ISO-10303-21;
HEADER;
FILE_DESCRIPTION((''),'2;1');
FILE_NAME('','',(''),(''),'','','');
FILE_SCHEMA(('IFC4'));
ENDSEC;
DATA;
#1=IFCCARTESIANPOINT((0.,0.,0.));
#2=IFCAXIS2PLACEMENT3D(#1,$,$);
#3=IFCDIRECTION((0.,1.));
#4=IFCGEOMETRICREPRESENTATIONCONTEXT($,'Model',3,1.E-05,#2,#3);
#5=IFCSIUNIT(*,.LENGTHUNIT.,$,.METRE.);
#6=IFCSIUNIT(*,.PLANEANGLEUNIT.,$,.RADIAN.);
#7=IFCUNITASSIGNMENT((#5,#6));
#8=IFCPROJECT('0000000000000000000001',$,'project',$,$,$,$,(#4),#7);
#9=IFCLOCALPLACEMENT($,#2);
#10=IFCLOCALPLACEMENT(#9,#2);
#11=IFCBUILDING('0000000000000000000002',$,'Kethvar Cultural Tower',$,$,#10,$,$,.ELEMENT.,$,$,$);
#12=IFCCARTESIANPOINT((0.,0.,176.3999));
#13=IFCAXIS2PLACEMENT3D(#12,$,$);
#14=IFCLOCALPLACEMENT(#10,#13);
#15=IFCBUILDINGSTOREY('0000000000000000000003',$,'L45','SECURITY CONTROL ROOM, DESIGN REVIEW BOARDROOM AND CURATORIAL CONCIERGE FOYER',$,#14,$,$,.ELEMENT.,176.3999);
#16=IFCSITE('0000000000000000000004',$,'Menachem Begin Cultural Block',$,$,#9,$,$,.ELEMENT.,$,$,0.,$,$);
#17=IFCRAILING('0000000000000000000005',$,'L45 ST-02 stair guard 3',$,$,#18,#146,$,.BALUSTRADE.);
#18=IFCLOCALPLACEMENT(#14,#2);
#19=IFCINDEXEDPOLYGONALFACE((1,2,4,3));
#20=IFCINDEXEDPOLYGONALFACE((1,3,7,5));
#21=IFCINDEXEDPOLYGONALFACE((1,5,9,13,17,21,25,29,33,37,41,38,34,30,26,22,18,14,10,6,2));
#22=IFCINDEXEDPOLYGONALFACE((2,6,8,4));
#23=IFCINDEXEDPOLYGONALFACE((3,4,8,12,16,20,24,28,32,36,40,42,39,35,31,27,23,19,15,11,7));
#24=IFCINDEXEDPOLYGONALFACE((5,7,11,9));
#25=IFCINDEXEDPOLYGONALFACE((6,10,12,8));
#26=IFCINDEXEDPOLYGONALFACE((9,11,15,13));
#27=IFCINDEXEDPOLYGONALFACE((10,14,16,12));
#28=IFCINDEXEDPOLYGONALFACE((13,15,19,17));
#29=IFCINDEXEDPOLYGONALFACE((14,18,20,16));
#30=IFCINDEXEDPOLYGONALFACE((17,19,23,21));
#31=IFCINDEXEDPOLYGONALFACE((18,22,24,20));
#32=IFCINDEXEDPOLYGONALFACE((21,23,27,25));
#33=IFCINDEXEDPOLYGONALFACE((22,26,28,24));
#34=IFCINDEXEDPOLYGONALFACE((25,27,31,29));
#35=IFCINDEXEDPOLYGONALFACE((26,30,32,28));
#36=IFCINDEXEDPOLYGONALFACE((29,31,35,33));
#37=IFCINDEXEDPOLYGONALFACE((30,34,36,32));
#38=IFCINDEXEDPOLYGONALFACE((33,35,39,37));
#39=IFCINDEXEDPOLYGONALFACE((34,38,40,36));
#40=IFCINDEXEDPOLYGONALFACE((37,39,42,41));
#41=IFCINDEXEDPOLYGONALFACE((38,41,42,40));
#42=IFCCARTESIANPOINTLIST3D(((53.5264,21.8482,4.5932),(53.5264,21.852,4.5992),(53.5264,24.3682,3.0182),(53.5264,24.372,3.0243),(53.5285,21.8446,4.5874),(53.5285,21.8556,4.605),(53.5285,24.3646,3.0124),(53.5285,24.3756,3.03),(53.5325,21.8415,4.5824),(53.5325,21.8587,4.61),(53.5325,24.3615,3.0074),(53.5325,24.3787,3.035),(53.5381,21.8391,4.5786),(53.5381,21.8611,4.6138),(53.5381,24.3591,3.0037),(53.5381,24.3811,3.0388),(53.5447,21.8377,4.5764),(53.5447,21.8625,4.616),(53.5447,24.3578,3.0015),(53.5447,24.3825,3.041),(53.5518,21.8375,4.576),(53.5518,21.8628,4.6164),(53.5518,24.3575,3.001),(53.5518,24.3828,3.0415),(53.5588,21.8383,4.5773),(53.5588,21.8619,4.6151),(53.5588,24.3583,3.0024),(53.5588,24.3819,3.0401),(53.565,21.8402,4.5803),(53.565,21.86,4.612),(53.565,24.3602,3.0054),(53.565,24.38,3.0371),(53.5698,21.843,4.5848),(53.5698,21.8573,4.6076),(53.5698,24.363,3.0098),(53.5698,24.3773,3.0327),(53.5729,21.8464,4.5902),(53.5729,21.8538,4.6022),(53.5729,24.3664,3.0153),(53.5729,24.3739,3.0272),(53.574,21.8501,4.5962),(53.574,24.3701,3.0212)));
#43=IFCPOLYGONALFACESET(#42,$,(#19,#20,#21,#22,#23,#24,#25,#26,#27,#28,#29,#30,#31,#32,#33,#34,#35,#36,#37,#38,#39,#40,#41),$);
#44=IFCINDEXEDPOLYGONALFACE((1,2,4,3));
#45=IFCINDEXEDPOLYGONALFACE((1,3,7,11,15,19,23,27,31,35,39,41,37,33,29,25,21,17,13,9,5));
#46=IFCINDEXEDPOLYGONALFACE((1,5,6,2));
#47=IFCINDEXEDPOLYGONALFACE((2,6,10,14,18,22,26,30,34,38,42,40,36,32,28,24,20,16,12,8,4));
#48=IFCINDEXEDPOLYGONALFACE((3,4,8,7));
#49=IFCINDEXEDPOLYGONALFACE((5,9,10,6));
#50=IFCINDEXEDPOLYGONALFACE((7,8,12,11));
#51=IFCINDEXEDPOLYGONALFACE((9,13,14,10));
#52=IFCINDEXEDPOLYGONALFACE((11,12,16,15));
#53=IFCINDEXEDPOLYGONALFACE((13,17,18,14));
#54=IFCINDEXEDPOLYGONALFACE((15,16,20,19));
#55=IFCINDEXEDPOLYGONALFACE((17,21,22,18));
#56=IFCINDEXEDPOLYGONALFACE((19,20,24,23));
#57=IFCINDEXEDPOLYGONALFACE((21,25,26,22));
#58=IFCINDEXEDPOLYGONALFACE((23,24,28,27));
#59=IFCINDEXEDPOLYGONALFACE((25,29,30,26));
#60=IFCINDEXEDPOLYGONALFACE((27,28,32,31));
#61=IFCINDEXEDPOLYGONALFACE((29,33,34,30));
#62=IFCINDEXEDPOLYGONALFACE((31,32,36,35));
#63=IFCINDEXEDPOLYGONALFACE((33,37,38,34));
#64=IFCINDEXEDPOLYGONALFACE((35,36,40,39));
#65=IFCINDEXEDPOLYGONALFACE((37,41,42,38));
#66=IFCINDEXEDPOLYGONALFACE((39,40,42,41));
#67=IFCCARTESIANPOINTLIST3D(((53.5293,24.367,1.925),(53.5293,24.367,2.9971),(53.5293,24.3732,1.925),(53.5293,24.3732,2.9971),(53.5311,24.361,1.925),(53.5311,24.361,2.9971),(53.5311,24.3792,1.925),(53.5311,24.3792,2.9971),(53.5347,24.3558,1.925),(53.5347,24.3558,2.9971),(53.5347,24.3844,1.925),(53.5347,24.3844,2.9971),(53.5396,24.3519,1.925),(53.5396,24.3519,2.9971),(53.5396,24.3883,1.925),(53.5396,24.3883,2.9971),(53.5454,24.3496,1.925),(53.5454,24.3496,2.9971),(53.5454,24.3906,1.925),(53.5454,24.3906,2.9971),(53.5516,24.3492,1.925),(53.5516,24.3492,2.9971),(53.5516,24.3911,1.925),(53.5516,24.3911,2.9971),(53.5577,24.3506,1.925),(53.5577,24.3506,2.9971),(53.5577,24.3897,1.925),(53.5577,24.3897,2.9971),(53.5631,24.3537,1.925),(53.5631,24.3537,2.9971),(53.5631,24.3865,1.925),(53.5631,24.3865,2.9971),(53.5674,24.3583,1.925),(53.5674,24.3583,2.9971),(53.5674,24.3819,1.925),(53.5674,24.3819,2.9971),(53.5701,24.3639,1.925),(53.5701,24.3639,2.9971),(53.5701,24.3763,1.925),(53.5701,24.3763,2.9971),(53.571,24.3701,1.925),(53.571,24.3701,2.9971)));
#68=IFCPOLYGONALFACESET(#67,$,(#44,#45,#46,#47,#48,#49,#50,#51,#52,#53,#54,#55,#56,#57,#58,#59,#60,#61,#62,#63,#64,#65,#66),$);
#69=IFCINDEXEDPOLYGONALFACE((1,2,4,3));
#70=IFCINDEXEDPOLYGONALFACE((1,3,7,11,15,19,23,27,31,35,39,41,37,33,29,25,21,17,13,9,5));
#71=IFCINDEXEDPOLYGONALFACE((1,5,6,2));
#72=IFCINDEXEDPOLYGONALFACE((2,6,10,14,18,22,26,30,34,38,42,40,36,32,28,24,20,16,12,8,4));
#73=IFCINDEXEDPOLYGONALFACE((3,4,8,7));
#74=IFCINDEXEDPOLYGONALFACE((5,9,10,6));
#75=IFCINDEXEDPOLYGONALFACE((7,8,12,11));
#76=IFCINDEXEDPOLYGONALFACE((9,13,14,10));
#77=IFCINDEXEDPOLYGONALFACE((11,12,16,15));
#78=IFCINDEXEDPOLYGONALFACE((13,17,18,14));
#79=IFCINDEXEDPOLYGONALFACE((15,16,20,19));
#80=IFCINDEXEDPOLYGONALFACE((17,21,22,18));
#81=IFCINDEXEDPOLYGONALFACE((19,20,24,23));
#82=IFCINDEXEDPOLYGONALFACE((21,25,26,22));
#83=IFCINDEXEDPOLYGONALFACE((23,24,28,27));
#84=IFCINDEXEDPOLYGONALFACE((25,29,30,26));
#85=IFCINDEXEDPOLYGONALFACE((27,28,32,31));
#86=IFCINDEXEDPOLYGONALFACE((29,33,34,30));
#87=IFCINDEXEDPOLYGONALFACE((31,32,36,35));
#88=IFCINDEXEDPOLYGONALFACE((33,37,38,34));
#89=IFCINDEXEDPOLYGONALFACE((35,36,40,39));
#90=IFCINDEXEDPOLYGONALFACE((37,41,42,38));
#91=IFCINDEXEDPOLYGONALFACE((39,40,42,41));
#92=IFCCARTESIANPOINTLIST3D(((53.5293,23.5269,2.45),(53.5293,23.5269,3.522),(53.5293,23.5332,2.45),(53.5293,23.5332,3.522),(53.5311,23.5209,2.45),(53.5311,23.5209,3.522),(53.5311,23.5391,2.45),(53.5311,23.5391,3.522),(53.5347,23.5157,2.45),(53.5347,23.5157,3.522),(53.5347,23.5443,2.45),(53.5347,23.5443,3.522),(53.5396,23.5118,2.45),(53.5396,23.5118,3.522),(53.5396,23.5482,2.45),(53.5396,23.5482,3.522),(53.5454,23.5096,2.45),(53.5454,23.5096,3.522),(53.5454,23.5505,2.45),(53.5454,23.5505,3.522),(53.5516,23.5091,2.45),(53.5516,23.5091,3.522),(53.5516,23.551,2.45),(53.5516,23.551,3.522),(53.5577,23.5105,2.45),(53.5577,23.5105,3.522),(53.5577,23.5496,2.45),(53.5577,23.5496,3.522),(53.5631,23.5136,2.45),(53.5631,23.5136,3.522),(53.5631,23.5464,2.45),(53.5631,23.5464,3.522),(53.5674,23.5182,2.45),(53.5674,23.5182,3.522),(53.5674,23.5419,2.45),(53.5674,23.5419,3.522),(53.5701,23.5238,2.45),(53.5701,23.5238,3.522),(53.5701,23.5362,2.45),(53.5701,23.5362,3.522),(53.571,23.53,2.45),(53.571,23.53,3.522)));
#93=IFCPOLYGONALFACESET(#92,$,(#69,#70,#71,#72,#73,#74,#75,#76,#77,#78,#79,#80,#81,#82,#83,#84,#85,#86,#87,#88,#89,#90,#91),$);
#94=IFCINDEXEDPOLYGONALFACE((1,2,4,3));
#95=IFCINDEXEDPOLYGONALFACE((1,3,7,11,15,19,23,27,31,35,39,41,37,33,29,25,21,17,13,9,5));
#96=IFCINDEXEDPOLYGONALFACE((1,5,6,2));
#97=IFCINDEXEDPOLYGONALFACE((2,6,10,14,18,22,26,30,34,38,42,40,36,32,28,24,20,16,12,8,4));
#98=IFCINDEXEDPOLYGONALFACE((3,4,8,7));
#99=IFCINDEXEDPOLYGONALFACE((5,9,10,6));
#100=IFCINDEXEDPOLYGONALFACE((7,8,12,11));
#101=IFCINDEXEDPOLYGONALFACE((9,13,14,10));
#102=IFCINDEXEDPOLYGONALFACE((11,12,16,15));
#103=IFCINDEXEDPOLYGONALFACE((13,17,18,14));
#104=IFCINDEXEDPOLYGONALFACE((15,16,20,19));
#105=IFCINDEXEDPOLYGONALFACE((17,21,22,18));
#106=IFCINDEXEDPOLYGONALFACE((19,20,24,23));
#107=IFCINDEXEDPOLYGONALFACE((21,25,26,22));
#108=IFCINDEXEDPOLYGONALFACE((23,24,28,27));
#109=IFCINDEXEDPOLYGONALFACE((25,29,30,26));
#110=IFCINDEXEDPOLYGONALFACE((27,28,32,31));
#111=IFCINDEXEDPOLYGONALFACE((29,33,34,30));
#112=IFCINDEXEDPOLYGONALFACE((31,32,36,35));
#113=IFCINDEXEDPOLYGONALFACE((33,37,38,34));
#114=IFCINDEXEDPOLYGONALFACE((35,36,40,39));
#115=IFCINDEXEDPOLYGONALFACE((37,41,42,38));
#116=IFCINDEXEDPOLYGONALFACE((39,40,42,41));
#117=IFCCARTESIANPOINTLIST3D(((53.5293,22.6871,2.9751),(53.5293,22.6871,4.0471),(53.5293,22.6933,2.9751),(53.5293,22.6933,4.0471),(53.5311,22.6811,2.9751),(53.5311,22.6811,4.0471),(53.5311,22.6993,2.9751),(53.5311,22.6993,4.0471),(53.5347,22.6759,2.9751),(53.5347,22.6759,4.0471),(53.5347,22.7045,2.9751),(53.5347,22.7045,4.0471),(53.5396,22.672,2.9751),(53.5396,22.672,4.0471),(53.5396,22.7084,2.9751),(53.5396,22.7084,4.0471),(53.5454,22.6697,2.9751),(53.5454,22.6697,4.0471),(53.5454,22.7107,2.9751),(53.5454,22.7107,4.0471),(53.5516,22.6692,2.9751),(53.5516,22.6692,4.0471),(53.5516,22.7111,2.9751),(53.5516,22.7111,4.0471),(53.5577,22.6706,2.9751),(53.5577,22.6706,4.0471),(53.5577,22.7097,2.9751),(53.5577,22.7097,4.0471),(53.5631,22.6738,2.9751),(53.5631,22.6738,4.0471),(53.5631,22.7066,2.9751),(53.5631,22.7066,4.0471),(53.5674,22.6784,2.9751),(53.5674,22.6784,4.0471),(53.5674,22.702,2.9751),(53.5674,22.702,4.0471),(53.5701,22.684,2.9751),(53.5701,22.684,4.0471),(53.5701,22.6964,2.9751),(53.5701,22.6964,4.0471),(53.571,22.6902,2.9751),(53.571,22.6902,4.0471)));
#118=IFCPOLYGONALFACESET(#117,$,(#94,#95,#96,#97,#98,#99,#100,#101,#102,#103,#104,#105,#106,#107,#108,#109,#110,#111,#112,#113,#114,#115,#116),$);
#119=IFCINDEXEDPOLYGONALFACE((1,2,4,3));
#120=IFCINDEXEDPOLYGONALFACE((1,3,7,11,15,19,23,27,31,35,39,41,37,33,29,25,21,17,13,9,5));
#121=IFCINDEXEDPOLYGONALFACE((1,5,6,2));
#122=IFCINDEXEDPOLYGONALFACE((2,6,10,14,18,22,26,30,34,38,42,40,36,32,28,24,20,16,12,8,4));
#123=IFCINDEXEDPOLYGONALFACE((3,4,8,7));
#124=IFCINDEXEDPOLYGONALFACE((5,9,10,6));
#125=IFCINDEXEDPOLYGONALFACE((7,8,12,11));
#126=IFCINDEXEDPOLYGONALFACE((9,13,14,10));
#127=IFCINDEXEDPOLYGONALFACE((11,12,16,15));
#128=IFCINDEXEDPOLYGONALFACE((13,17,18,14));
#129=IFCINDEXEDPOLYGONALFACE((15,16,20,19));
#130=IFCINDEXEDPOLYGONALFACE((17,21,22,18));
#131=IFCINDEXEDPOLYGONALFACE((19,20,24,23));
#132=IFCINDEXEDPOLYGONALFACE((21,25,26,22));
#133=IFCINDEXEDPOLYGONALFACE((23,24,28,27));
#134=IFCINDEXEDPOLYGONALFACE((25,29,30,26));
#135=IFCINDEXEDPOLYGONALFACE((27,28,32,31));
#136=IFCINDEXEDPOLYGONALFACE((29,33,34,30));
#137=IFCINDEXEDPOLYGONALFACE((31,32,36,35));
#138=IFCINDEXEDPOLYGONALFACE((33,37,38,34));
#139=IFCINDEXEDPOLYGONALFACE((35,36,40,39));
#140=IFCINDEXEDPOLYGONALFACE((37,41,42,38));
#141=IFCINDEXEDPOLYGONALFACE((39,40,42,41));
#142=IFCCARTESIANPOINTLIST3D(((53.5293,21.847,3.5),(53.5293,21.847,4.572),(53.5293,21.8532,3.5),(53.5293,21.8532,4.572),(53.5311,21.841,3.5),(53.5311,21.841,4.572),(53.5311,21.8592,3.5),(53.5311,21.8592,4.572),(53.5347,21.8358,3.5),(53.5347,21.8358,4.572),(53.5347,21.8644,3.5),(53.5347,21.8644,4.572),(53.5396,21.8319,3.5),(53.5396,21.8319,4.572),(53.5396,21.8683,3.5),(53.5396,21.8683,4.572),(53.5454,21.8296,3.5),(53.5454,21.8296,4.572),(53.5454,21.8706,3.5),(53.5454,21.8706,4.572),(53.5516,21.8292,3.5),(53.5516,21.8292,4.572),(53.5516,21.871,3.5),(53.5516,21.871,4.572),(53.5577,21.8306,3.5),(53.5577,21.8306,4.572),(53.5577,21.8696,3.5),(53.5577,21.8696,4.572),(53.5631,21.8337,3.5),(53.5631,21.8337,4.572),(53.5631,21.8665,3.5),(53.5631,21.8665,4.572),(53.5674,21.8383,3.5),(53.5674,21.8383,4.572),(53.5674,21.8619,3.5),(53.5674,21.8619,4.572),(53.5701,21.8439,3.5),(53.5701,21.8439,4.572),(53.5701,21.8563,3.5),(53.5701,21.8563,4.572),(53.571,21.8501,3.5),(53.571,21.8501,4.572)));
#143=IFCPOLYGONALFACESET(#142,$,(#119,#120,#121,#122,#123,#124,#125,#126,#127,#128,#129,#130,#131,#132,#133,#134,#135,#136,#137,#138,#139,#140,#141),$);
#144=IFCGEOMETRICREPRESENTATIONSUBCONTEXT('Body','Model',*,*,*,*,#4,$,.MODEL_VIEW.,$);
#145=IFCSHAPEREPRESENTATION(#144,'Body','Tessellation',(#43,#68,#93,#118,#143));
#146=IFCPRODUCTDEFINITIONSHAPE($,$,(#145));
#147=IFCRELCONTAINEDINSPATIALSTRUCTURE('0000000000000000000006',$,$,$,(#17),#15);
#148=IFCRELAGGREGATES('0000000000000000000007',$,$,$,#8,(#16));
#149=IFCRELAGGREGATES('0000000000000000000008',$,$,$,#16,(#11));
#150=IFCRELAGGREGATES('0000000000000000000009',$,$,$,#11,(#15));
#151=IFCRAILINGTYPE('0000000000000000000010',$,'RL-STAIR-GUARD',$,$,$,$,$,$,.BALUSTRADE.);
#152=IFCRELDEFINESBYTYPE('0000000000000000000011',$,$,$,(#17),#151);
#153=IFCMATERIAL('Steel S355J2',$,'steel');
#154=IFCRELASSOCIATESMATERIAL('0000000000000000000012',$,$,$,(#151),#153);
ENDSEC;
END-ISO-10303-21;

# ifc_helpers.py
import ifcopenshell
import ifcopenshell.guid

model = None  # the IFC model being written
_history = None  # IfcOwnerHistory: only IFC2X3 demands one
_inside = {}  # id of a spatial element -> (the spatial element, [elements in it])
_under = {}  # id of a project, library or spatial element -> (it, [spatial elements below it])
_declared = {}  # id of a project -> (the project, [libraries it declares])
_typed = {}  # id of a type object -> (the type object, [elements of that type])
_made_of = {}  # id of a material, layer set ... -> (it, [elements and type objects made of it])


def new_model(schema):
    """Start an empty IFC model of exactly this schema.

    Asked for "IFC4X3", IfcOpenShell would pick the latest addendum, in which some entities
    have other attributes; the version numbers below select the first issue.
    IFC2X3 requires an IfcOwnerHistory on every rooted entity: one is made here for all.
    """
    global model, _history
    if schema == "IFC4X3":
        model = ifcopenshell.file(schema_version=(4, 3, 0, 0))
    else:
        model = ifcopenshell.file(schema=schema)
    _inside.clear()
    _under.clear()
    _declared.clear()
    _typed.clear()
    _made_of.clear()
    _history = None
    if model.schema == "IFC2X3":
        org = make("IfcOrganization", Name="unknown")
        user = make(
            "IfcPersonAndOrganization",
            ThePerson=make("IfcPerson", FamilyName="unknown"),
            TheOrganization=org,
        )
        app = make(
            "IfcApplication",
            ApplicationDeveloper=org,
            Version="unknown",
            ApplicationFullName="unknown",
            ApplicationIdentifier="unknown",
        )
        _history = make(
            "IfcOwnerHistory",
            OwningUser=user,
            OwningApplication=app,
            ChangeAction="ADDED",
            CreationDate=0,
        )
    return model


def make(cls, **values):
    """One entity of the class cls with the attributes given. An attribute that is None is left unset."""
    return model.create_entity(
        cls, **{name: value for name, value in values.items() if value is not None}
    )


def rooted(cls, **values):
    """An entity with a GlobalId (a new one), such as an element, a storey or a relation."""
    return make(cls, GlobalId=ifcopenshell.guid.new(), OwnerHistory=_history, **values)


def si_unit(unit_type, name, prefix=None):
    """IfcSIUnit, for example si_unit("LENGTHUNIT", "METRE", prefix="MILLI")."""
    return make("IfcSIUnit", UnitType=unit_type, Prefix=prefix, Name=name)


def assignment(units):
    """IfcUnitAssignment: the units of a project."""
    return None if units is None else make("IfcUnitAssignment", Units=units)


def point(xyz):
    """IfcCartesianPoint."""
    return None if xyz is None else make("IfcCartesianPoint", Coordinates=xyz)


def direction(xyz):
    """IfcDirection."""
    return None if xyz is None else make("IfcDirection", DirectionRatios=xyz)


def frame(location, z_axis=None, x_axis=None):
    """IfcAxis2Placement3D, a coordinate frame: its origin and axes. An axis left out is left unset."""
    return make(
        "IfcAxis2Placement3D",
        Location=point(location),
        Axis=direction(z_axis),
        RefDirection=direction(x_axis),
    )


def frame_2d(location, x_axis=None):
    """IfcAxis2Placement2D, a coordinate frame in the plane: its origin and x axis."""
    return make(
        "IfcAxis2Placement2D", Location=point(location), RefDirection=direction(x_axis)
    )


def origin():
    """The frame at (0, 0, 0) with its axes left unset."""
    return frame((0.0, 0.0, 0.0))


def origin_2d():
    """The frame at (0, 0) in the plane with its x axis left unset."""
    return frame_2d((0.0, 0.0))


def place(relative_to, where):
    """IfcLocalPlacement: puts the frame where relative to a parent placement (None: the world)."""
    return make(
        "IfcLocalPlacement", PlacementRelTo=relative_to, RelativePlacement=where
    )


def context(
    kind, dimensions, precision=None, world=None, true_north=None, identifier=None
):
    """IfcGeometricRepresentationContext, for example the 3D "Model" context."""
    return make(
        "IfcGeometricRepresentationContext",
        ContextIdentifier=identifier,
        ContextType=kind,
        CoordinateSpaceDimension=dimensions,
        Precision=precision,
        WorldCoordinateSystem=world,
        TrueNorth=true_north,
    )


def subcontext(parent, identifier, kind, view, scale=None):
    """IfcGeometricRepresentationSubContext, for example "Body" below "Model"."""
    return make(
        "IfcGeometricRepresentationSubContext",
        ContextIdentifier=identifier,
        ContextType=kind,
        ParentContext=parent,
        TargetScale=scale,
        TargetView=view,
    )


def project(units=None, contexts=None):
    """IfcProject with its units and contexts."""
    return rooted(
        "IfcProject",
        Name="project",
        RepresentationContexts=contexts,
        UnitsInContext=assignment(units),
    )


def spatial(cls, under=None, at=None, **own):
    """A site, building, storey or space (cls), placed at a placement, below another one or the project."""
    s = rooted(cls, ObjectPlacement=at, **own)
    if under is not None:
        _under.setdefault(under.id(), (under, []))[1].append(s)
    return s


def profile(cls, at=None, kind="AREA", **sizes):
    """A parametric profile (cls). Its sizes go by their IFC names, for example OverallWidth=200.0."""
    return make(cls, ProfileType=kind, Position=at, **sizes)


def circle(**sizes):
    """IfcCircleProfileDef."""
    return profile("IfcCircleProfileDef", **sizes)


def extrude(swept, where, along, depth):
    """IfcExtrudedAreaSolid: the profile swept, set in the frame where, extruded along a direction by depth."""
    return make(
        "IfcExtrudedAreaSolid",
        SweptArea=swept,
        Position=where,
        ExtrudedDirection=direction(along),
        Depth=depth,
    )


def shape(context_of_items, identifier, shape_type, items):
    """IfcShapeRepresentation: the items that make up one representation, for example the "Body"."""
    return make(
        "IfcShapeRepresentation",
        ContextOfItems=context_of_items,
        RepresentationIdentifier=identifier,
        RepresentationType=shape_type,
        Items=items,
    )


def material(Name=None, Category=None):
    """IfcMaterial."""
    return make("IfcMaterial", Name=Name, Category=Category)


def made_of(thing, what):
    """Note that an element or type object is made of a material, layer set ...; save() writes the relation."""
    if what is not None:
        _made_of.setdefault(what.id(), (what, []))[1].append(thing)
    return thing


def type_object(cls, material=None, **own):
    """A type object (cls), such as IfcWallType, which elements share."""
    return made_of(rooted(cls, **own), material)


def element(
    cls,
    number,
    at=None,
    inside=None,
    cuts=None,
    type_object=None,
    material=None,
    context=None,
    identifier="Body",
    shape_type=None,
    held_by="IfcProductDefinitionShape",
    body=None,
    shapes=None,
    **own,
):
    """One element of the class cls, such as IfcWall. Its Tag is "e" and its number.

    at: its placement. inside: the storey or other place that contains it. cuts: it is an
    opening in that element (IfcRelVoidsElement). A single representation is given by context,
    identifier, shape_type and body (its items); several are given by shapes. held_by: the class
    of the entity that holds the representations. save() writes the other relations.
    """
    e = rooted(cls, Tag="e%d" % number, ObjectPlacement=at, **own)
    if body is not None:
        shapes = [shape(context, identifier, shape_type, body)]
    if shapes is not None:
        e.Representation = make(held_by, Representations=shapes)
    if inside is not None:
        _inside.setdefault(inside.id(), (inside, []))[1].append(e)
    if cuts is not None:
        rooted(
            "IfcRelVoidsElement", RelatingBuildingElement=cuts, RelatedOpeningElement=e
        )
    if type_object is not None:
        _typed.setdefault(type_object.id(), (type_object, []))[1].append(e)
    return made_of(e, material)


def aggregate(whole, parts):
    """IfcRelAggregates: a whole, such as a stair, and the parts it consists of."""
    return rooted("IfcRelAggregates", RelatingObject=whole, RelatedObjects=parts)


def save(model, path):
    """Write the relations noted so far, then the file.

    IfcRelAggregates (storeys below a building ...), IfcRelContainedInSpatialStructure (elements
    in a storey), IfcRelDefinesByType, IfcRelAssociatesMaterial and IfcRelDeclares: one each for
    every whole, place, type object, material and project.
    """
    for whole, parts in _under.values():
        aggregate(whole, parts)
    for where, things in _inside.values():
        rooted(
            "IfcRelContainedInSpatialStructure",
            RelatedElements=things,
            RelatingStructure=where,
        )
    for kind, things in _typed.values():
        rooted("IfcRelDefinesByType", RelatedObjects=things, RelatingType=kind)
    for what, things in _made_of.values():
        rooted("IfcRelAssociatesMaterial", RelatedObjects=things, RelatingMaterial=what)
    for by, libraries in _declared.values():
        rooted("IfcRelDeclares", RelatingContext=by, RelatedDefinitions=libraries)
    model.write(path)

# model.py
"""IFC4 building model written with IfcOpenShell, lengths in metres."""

from ifc_helpers import new_model, si_unit, direction, frame, origin, origin_2d, place, context, subcontext, project, spatial, circle, extrude, material, type_object, element, save


model = new_model("IFC4")

# Units and contexts
model_context = context("Model", 3, precision=1e-05, world=origin(), true_north=direction((0.0, 1.0)))
body_context = subcontext(model_context, "Body", "Model", "MODEL_VIEW")
ifc_project = project(units=[si_unit("LENGTHUNIT", "METRE"), si_unit("PLANEANGLEUNIT", "RADIAN")], contexts=[model_context])

# Site, building, storey
site_placement = place(None, origin())
site = spatial("IfcSite", under=ifc_project, at=site_placement, Name="Menachem Begin Cultural Block", CompositionType="ELEMENT", RefElevation=0.0)
building_placement = place(site_placement, origin())
building = spatial("IfcBuilding", under=site, at=building_placement, Name="Kethvar Cultural Tower", CompositionType="ELEMENT")
storey_placement = place(building_placement, frame((0.0, 0.0, 176.3999)))
storey = spatial("IfcBuildingStorey", under=building, at=storey_placement, Name="L45", Description="SECURITY CONTROL ROOM, DESIGN REVIEW BOARDROOM AND CURATORIAL CONCIERGE FOYER", CompositionType="ELEMENT", Elevation=176.3999)

# Shared definitions
ifc_material_1 = material(Name="Steel S355J2", Category="steel")

# Railing
railing_type_1 = type_object("IfcRailingType", Name="RL-STAIR-GUARD", PredefinedType="BALUSTRADE", material=ifc_material_1)
railing_1_placement = place(storey_placement, frame((53.55, 24.3701, 1.925)))
element("IfcRailing", 1, at=railing_1_placement, inside=storey, type_object=railing_type_1, Name="L45 ST-02 stair guard 3", PredefinedType="BALUSTRADE", context=body_context, shape_type="SweptSolid", body=[
    extrude(circle(Radius=0.0239, at=origin_2d()), frame((0.0, 0.0, 1.0962), z_axis=(0.0, -0.848008, 0.529984), x_axis=(1.0, 0.0, 0.0)), (0.0, 0.0, 1.0), 2.9717),
    extrude(circle(Radius=0.021, at=origin_2d()), origin(), (0.0, 0.0, 1.0), 1.072),
    extrude(circle(Radius=0.021, at=origin_2d()), frame((0.0, -0.8401, 0.5249)), (0.0, 0.0, 1.0), 1.072),
    extrude(circle(Radius=0.021, at=origin_2d()), frame((0.0, -1.6799, 1.05)), (0.0, 0.0, 1.0), 1.072),
    extrude(circle(Radius=0.021, at=origin_2d()), frame((0.0, -2.52, 1.575)), (0.0, 0.0, 1.0), 1.072),
])

save(model, "model.ifc")
